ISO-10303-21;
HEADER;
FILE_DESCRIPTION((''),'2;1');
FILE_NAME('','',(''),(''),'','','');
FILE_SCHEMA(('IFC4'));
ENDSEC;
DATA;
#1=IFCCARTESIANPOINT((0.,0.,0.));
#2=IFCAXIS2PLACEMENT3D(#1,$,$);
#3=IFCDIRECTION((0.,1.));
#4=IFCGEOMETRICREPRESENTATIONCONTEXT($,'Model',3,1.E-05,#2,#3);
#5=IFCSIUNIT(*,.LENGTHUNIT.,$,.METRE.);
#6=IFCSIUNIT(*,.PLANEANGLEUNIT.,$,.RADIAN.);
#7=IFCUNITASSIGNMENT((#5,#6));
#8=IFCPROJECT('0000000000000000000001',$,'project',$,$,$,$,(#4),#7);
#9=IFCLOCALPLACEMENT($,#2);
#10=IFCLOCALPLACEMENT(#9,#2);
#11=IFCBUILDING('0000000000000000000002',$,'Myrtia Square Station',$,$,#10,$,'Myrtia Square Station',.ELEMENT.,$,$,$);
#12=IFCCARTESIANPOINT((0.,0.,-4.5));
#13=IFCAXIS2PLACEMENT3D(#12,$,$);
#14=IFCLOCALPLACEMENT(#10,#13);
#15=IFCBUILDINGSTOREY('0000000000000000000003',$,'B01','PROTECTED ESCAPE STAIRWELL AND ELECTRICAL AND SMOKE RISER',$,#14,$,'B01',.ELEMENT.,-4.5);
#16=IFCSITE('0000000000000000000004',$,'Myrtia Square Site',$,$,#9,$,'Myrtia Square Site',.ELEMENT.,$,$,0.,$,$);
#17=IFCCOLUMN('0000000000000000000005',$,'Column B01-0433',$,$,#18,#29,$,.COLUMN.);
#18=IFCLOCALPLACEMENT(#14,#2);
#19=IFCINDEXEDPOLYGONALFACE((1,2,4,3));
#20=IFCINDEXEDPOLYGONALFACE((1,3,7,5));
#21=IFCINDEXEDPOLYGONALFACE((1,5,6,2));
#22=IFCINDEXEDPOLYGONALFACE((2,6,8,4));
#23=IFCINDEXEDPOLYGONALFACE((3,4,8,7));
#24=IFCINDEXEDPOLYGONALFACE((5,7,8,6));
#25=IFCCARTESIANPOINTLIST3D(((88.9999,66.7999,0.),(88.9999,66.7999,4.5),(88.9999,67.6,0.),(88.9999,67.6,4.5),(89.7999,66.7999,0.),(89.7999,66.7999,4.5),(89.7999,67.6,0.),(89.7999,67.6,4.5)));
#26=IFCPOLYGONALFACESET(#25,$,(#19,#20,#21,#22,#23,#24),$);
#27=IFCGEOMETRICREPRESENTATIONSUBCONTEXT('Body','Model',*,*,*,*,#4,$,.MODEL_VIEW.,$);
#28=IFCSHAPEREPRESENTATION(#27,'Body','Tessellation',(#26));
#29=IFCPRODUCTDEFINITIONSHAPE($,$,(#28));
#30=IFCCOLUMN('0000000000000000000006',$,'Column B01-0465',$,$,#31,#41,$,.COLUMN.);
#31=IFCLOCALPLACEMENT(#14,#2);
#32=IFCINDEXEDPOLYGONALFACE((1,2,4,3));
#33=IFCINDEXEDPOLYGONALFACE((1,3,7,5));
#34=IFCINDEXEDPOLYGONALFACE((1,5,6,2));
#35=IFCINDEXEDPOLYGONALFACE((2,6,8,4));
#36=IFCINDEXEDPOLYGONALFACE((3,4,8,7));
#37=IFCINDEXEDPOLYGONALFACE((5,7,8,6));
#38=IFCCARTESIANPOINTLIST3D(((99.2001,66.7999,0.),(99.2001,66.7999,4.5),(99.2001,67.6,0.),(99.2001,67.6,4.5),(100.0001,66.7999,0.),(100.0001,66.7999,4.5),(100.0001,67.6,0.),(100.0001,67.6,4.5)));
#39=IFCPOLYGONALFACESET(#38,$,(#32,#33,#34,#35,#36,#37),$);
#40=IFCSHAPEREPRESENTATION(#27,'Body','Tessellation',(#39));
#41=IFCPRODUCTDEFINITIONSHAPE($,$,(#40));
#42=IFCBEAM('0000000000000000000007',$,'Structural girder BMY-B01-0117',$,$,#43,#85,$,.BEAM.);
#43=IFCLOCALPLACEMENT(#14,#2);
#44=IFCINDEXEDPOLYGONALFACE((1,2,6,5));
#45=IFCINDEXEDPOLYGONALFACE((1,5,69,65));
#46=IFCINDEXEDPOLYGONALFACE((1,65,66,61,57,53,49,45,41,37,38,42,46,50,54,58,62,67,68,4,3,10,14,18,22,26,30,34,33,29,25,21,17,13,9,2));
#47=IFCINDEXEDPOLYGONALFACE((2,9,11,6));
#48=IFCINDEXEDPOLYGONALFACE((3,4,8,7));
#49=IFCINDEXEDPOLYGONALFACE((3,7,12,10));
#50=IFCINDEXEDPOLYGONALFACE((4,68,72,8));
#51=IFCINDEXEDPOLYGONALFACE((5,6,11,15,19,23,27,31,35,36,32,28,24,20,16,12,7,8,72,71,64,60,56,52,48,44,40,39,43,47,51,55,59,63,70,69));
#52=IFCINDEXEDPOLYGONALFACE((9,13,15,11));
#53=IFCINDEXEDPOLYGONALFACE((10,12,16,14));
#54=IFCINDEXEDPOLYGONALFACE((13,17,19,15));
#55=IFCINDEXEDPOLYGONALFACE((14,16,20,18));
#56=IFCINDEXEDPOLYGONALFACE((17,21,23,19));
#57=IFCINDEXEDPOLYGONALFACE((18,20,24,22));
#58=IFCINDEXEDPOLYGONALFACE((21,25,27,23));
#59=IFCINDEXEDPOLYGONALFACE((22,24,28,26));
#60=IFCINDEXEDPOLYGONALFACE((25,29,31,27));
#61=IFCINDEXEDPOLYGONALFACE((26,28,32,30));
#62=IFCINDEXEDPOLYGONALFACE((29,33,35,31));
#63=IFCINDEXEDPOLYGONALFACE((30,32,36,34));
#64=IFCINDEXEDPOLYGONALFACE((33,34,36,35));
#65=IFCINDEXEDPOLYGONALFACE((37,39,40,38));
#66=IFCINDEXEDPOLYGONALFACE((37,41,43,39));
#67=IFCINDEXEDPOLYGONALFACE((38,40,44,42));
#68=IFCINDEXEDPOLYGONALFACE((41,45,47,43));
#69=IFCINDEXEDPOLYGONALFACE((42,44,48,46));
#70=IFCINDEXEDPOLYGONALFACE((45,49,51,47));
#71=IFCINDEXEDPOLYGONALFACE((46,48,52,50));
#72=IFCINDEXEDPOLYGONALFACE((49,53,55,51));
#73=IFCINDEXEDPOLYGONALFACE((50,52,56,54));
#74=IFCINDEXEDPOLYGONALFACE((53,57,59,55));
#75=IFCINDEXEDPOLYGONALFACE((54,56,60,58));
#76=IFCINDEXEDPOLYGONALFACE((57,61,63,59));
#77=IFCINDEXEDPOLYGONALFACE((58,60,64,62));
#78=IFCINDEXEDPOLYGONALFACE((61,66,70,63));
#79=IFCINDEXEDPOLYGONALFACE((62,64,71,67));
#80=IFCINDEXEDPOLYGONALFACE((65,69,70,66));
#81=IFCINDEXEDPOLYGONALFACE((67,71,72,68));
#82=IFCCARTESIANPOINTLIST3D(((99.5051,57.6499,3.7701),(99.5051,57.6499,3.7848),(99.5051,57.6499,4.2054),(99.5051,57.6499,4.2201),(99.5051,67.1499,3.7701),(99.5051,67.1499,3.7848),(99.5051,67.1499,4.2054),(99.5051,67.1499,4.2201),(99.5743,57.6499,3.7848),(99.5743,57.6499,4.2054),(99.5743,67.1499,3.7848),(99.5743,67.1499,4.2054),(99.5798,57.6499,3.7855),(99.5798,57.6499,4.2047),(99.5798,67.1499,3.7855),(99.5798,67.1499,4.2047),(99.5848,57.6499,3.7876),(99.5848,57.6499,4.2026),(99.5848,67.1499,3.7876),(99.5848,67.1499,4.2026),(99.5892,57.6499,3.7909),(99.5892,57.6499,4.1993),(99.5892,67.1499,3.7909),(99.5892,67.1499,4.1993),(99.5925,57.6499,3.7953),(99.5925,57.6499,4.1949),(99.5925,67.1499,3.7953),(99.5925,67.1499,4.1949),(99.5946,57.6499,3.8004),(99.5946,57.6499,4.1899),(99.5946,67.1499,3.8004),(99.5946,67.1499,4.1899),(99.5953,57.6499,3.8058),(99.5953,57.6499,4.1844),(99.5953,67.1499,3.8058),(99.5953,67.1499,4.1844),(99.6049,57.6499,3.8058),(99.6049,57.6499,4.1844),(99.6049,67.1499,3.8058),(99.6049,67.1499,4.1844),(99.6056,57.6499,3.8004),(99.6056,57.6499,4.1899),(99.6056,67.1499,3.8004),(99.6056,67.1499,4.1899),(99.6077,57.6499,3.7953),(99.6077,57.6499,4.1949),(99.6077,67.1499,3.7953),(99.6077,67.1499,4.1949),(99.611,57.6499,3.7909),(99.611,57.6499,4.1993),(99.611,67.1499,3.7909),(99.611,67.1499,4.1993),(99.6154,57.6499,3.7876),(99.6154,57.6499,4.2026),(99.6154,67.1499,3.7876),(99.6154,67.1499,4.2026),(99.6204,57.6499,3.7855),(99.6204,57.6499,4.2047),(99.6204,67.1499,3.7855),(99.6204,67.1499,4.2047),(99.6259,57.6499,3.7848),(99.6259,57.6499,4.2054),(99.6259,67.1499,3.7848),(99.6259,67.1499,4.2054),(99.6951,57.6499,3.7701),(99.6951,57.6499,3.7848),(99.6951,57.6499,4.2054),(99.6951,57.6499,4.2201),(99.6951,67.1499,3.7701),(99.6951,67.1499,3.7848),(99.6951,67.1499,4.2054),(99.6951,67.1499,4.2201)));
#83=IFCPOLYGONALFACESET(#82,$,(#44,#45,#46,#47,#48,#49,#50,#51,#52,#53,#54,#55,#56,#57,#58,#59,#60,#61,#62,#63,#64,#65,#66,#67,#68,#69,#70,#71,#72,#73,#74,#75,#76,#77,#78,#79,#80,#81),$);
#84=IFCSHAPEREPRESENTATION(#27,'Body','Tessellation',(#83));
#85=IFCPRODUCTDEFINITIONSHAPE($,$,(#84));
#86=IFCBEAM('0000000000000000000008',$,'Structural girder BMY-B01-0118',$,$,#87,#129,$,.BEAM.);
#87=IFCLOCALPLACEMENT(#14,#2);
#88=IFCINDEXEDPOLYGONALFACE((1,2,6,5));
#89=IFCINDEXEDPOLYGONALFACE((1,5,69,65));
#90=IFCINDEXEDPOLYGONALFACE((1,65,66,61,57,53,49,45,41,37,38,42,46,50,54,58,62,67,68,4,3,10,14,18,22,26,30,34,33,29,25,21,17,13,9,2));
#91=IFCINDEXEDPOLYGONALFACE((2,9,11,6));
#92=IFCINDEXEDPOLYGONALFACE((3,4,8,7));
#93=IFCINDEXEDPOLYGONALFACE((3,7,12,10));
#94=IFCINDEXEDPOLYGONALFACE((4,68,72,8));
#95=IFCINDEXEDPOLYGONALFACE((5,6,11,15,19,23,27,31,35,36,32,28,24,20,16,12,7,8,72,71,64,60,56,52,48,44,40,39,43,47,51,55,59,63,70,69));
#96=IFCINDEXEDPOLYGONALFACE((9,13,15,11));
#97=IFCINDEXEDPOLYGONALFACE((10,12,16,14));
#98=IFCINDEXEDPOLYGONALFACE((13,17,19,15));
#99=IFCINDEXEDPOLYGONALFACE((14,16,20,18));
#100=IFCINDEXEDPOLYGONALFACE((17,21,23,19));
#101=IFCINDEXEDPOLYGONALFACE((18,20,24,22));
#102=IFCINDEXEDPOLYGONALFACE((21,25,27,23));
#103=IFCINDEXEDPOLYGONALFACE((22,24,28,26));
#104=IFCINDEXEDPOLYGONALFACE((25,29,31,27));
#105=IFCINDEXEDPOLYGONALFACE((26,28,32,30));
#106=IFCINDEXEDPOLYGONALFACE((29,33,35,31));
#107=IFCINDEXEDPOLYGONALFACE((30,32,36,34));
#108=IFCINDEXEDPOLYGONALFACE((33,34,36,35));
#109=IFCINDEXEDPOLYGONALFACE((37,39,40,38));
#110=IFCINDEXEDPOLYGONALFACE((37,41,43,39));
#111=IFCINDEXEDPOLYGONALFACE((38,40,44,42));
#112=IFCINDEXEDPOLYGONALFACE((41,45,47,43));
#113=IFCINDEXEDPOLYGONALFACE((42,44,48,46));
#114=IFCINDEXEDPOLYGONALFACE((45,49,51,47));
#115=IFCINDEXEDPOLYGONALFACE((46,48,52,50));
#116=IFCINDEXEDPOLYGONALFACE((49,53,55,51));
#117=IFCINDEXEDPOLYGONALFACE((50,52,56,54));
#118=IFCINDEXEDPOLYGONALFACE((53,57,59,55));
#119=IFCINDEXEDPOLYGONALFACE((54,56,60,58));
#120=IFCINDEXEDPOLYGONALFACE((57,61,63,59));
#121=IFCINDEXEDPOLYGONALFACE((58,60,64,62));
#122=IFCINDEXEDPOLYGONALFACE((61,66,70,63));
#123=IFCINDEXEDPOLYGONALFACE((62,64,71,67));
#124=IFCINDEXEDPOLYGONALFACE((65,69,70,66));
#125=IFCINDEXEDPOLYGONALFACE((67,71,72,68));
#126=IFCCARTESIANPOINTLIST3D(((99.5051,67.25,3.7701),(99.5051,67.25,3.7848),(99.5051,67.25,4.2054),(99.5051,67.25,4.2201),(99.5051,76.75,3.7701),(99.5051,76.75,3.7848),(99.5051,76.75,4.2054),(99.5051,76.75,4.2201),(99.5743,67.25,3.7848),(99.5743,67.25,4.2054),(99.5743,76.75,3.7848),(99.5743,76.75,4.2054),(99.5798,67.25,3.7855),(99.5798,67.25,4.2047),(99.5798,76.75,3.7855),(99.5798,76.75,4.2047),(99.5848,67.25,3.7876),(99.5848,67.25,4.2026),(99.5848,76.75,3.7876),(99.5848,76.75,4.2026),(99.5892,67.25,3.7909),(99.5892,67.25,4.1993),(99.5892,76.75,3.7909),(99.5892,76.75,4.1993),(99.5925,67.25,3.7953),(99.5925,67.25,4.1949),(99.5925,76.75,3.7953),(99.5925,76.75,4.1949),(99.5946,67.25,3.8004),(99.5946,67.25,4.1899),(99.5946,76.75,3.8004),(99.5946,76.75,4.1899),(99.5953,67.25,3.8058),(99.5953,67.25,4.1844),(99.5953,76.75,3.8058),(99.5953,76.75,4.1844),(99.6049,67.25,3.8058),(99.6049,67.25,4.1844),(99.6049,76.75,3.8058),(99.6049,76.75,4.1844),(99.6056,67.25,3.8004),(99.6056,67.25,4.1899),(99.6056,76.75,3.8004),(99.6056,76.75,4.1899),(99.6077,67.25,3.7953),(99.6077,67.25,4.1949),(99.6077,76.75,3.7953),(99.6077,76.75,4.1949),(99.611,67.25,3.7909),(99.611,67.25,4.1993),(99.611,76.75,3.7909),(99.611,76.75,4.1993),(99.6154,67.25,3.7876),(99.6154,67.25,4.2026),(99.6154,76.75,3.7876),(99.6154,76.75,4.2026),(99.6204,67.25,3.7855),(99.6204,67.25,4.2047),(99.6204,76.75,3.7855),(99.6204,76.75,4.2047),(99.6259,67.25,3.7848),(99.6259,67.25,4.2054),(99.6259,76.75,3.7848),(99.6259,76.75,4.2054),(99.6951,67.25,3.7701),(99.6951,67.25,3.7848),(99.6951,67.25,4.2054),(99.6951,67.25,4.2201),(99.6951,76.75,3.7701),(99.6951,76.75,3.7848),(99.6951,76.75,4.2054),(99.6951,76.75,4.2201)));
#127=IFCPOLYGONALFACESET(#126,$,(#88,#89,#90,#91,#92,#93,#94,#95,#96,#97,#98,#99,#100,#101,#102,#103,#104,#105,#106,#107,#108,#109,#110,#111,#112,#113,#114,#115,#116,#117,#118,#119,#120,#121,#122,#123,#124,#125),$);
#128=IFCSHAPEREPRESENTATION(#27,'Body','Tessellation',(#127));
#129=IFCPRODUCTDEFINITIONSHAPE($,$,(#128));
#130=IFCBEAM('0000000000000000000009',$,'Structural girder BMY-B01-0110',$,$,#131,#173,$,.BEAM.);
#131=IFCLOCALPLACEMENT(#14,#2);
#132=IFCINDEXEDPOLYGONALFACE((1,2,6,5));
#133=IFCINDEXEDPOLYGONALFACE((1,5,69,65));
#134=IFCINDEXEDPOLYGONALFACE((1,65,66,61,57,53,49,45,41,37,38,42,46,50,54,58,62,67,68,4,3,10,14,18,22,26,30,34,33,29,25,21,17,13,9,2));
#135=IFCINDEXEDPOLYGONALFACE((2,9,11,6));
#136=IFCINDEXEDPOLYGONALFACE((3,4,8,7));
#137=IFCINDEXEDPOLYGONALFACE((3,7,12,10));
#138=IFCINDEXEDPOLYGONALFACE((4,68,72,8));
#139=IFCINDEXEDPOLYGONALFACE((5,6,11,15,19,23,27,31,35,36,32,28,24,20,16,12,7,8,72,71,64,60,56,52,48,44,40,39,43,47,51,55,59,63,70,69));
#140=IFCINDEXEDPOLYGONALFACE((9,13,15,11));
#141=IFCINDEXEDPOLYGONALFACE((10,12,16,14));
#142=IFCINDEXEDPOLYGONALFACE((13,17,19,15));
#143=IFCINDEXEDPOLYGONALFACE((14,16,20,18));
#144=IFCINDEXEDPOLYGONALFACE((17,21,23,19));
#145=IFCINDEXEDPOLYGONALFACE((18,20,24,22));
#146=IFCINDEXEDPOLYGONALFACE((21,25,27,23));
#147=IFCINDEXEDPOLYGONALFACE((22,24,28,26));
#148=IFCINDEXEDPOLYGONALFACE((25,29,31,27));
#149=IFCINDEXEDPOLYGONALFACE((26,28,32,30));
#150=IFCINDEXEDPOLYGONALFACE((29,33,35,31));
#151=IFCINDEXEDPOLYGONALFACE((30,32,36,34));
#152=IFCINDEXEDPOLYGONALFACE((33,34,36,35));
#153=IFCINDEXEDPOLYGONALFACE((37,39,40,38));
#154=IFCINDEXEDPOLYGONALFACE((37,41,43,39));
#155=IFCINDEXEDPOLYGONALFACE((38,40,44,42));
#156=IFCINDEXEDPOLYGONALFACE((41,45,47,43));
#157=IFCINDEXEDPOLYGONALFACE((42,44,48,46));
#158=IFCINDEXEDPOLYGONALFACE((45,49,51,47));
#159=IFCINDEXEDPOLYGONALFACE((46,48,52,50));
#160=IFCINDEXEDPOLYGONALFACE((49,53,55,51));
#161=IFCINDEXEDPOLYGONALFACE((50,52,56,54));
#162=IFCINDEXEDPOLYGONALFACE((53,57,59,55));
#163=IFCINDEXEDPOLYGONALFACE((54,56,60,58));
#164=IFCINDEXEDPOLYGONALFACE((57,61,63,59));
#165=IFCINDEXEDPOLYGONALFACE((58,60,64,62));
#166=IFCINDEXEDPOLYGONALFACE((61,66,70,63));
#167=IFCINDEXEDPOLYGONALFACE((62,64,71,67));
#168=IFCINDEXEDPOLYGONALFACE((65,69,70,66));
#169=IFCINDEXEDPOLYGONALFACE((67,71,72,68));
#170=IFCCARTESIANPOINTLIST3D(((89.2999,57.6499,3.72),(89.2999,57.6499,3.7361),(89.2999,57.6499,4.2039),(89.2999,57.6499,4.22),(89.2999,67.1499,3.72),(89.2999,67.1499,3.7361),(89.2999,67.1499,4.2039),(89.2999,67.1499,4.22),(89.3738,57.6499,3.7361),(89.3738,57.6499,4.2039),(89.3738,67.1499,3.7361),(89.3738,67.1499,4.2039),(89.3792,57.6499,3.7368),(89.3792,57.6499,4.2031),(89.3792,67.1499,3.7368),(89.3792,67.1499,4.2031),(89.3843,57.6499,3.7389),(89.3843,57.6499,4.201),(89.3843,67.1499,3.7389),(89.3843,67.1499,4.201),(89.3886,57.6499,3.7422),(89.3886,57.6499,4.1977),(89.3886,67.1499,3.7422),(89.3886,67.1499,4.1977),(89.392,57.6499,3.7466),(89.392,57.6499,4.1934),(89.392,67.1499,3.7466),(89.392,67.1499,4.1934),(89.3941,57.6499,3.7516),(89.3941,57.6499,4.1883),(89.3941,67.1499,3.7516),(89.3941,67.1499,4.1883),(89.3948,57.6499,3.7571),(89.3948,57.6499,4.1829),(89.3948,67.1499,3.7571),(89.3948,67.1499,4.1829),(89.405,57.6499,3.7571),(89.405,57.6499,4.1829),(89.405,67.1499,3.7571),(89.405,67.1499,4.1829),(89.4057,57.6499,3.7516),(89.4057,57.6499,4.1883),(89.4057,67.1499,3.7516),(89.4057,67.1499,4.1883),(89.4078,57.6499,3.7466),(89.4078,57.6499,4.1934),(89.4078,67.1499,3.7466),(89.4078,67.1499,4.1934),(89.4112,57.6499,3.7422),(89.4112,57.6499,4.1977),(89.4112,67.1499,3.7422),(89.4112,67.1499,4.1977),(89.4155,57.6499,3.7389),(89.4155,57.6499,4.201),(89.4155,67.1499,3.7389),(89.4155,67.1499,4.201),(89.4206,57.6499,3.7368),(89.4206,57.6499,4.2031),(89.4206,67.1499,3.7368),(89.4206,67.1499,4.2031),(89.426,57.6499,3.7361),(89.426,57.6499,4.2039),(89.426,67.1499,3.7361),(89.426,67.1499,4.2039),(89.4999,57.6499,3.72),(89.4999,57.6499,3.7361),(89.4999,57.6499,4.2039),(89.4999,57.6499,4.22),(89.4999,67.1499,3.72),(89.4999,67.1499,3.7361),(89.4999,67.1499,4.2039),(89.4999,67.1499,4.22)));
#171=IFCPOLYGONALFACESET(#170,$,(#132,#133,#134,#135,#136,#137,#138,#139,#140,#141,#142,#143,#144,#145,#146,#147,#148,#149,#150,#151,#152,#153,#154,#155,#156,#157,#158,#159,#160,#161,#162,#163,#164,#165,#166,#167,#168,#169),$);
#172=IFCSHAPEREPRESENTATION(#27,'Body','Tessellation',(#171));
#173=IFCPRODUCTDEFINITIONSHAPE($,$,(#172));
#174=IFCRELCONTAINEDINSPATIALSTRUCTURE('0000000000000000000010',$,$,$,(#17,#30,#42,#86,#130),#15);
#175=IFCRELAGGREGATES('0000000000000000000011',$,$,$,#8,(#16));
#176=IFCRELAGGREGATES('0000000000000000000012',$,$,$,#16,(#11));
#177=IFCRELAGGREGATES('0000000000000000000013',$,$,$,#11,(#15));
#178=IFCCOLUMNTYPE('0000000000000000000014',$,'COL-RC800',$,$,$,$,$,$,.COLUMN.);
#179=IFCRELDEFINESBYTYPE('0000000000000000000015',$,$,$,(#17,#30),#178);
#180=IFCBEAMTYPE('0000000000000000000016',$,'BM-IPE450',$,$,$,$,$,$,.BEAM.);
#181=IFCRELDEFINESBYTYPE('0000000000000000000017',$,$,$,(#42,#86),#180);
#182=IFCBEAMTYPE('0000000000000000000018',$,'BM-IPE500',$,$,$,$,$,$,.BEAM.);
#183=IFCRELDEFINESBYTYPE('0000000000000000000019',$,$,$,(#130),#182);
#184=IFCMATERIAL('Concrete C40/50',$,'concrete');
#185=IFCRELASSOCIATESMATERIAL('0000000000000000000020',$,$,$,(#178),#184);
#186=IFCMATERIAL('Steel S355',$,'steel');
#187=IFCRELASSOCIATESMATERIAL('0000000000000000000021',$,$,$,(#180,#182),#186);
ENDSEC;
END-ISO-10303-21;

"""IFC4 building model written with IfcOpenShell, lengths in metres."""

from ifc_helpers import new_model, si_unit, direction, frame, origin, origin_2d, place, context, subcontext, project, spatial, rectangle, i_section, extrude, material, material_profile, profile_set, type_object, element, save


model = new_model("IFC4")

# Units and contexts
model_context = context("Model", 3, precision=1e-05, world=origin(), true_north=direction((0.0, 1.0)))
body_context = subcontext(model_context, "Body", "Model", "MODEL_VIEW")
ifc_project = project(units=[si_unit("LENGTHUNIT", "METRE"), si_unit("PLANEANGLEUNIT", "RADIAN")], contexts=[model_context])

# Site, building, storey
site_placement = place(None, origin())
site = spatial("IfcSite", under=ifc_project, at=site_placement, Name="Myrtia Square Site", LongName="Myrtia Square Site", CompositionType="ELEMENT", RefElevation=0.0)
building_placement = place(site_placement, origin())
building = spatial("IfcBuilding", under=site, at=building_placement, Name="Myrtia Square Station", LongName="Myrtia Square Station", CompositionType="ELEMENT")
storey_placement = place(building_placement, frame((0.0, 0.0, -4.5)))
storey = spatial("IfcBuildingStorey", under=building, at=storey_placement, Name="B01", Description="PROTECTED ESCAPE STAIRWELL AND ELECTRICAL AND SMOKE RISER", LongName="B01", CompositionType="ELEMENT", Elevation=-4.5)

# Columns
ifc_material_1 = material(Name="Concrete C40/50", Category="concrete")
ifc_material_profile_1 = material_profile(ifc_material_1, rectangle(XDim=0.8, YDim=0.8, at=origin_2d()), Name="RC 800x800")
ifc_profile_set_1 = profile_set([ifc_material_profile_1], Name="Concrete C40/50")
column_type = type_object("IfcColumnType", Name="COL-RC800", PredefinedType="COLUMN", material=ifc_profile_set_1)
for number, where, z_axis, x_axis, name in (
    (1, (89.3999, 67.2, 0.0), (0.0, 0.0, 1.0), (1.0, 0.0, 0.0), "Column B01-0433"),
    (2, (99.6001, 67.2, 0.0), (0.0, 0.0, 1.0), (1.0, 0.0, 0.0), "Column B01-0465"),
):
    element("IfcColumn", number, at=place(storey_placement, frame(where, z_axis=z_axis, x_axis=x_axis)), inside=storey, type_object=column_type, Name=name, PredefinedType="COLUMN", context=body_context, shape_type="SweptSolid", body=[
        extrude(rectangle(XDim=0.8, YDim=0.8, at=origin_2d()), origin(), (0.0, 0.0, 1.0), 4.5),
    ])

# Beams
ifc_material_2 = material(Name="Steel S355", Category="steel")
ifc_material_profile_2 = material_profile(ifc_material_2, i_section(OverallWidth=0.1899, OverallDepth=0.45, WebThickness=0.0095, FlangeThickness=0.0146, FilletRadius=0.021, at=origin_2d()), Name="IPE 450")
ifc_profile_set_2 = profile_set([ifc_material_profile_2], Name="Steel S355")
beam_type_1 = type_object("IfcBeamType", Name="BM-IPE450", PredefinedType="BEAM", material=ifc_profile_set_2)
for number, where, z_axis, x_axis, name in (
    (3, (99.6001, 57.6499, 3.9951), (0.0, 1.0, 0.0), (-1.0, 0.0, 0.0), "Structural girder BMY-B01-0117"),
    (4, (99.6001, 67.25, 3.9951), (0.0, 1.0, 0.0), (-1.0, 0.0, 0.0), "Structural girder BMY-B01-0118"),
):
    element("IfcBeam", number, at=place(storey_placement, frame(where, z_axis=z_axis, x_axis=x_axis)), inside=storey, type_object=beam_type_1, Name=name, PredefinedType="BEAM", context=body_context, shape_type="SweptSolid", body=[
        extrude(i_section(OverallWidth=0.1899, OverallDepth=0.45, WebThickness=0.0095, FlangeThickness=0.0146, FilletRadius=0.021, at=origin_2d()), origin(), (0.0, 0.0, 1.0), 9.5),
    ])
ifc_material_profile_3 = material_profile(ifc_material_2, i_section(OverallWidth=0.2, OverallDepth=0.5, WebThickness=0.0103, FlangeThickness=0.0161, FilletRadius=0.021, at=origin_2d()), Name="IPE 500")
ifc_profile_set_3 = profile_set([ifc_material_profile_3], Name="Steel S355")
beam_type_2 = type_object("IfcBeamType", Name="BM-IPE500", PredefinedType="BEAM", material=ifc_profile_set_3)
for number, where, z_axis, x_axis, name in (
    (5, (89.3999, 57.6499, 3.97), (0.0, 1.0, 0.0), (-1.0, 0.0, 0.0), "Structural girder BMY-B01-0110"),
):
    element("IfcBeam", number, at=place(storey_placement, frame(where, z_axis=z_axis, x_axis=x_axis)), inside=storey, type_object=beam_type_2, Name=name, PredefinedType="BEAM", context=body_context, shape_type="SweptSolid", body=[
        extrude(i_section(OverallWidth=0.2, OverallDepth=0.5, WebThickness=0.0103, FlangeThickness=0.0161, FilletRadius=0.021, at=origin_2d()), origin(), (0.0, 0.0, 1.0), 9.5),
    ])

save(model, "model.ifc")
